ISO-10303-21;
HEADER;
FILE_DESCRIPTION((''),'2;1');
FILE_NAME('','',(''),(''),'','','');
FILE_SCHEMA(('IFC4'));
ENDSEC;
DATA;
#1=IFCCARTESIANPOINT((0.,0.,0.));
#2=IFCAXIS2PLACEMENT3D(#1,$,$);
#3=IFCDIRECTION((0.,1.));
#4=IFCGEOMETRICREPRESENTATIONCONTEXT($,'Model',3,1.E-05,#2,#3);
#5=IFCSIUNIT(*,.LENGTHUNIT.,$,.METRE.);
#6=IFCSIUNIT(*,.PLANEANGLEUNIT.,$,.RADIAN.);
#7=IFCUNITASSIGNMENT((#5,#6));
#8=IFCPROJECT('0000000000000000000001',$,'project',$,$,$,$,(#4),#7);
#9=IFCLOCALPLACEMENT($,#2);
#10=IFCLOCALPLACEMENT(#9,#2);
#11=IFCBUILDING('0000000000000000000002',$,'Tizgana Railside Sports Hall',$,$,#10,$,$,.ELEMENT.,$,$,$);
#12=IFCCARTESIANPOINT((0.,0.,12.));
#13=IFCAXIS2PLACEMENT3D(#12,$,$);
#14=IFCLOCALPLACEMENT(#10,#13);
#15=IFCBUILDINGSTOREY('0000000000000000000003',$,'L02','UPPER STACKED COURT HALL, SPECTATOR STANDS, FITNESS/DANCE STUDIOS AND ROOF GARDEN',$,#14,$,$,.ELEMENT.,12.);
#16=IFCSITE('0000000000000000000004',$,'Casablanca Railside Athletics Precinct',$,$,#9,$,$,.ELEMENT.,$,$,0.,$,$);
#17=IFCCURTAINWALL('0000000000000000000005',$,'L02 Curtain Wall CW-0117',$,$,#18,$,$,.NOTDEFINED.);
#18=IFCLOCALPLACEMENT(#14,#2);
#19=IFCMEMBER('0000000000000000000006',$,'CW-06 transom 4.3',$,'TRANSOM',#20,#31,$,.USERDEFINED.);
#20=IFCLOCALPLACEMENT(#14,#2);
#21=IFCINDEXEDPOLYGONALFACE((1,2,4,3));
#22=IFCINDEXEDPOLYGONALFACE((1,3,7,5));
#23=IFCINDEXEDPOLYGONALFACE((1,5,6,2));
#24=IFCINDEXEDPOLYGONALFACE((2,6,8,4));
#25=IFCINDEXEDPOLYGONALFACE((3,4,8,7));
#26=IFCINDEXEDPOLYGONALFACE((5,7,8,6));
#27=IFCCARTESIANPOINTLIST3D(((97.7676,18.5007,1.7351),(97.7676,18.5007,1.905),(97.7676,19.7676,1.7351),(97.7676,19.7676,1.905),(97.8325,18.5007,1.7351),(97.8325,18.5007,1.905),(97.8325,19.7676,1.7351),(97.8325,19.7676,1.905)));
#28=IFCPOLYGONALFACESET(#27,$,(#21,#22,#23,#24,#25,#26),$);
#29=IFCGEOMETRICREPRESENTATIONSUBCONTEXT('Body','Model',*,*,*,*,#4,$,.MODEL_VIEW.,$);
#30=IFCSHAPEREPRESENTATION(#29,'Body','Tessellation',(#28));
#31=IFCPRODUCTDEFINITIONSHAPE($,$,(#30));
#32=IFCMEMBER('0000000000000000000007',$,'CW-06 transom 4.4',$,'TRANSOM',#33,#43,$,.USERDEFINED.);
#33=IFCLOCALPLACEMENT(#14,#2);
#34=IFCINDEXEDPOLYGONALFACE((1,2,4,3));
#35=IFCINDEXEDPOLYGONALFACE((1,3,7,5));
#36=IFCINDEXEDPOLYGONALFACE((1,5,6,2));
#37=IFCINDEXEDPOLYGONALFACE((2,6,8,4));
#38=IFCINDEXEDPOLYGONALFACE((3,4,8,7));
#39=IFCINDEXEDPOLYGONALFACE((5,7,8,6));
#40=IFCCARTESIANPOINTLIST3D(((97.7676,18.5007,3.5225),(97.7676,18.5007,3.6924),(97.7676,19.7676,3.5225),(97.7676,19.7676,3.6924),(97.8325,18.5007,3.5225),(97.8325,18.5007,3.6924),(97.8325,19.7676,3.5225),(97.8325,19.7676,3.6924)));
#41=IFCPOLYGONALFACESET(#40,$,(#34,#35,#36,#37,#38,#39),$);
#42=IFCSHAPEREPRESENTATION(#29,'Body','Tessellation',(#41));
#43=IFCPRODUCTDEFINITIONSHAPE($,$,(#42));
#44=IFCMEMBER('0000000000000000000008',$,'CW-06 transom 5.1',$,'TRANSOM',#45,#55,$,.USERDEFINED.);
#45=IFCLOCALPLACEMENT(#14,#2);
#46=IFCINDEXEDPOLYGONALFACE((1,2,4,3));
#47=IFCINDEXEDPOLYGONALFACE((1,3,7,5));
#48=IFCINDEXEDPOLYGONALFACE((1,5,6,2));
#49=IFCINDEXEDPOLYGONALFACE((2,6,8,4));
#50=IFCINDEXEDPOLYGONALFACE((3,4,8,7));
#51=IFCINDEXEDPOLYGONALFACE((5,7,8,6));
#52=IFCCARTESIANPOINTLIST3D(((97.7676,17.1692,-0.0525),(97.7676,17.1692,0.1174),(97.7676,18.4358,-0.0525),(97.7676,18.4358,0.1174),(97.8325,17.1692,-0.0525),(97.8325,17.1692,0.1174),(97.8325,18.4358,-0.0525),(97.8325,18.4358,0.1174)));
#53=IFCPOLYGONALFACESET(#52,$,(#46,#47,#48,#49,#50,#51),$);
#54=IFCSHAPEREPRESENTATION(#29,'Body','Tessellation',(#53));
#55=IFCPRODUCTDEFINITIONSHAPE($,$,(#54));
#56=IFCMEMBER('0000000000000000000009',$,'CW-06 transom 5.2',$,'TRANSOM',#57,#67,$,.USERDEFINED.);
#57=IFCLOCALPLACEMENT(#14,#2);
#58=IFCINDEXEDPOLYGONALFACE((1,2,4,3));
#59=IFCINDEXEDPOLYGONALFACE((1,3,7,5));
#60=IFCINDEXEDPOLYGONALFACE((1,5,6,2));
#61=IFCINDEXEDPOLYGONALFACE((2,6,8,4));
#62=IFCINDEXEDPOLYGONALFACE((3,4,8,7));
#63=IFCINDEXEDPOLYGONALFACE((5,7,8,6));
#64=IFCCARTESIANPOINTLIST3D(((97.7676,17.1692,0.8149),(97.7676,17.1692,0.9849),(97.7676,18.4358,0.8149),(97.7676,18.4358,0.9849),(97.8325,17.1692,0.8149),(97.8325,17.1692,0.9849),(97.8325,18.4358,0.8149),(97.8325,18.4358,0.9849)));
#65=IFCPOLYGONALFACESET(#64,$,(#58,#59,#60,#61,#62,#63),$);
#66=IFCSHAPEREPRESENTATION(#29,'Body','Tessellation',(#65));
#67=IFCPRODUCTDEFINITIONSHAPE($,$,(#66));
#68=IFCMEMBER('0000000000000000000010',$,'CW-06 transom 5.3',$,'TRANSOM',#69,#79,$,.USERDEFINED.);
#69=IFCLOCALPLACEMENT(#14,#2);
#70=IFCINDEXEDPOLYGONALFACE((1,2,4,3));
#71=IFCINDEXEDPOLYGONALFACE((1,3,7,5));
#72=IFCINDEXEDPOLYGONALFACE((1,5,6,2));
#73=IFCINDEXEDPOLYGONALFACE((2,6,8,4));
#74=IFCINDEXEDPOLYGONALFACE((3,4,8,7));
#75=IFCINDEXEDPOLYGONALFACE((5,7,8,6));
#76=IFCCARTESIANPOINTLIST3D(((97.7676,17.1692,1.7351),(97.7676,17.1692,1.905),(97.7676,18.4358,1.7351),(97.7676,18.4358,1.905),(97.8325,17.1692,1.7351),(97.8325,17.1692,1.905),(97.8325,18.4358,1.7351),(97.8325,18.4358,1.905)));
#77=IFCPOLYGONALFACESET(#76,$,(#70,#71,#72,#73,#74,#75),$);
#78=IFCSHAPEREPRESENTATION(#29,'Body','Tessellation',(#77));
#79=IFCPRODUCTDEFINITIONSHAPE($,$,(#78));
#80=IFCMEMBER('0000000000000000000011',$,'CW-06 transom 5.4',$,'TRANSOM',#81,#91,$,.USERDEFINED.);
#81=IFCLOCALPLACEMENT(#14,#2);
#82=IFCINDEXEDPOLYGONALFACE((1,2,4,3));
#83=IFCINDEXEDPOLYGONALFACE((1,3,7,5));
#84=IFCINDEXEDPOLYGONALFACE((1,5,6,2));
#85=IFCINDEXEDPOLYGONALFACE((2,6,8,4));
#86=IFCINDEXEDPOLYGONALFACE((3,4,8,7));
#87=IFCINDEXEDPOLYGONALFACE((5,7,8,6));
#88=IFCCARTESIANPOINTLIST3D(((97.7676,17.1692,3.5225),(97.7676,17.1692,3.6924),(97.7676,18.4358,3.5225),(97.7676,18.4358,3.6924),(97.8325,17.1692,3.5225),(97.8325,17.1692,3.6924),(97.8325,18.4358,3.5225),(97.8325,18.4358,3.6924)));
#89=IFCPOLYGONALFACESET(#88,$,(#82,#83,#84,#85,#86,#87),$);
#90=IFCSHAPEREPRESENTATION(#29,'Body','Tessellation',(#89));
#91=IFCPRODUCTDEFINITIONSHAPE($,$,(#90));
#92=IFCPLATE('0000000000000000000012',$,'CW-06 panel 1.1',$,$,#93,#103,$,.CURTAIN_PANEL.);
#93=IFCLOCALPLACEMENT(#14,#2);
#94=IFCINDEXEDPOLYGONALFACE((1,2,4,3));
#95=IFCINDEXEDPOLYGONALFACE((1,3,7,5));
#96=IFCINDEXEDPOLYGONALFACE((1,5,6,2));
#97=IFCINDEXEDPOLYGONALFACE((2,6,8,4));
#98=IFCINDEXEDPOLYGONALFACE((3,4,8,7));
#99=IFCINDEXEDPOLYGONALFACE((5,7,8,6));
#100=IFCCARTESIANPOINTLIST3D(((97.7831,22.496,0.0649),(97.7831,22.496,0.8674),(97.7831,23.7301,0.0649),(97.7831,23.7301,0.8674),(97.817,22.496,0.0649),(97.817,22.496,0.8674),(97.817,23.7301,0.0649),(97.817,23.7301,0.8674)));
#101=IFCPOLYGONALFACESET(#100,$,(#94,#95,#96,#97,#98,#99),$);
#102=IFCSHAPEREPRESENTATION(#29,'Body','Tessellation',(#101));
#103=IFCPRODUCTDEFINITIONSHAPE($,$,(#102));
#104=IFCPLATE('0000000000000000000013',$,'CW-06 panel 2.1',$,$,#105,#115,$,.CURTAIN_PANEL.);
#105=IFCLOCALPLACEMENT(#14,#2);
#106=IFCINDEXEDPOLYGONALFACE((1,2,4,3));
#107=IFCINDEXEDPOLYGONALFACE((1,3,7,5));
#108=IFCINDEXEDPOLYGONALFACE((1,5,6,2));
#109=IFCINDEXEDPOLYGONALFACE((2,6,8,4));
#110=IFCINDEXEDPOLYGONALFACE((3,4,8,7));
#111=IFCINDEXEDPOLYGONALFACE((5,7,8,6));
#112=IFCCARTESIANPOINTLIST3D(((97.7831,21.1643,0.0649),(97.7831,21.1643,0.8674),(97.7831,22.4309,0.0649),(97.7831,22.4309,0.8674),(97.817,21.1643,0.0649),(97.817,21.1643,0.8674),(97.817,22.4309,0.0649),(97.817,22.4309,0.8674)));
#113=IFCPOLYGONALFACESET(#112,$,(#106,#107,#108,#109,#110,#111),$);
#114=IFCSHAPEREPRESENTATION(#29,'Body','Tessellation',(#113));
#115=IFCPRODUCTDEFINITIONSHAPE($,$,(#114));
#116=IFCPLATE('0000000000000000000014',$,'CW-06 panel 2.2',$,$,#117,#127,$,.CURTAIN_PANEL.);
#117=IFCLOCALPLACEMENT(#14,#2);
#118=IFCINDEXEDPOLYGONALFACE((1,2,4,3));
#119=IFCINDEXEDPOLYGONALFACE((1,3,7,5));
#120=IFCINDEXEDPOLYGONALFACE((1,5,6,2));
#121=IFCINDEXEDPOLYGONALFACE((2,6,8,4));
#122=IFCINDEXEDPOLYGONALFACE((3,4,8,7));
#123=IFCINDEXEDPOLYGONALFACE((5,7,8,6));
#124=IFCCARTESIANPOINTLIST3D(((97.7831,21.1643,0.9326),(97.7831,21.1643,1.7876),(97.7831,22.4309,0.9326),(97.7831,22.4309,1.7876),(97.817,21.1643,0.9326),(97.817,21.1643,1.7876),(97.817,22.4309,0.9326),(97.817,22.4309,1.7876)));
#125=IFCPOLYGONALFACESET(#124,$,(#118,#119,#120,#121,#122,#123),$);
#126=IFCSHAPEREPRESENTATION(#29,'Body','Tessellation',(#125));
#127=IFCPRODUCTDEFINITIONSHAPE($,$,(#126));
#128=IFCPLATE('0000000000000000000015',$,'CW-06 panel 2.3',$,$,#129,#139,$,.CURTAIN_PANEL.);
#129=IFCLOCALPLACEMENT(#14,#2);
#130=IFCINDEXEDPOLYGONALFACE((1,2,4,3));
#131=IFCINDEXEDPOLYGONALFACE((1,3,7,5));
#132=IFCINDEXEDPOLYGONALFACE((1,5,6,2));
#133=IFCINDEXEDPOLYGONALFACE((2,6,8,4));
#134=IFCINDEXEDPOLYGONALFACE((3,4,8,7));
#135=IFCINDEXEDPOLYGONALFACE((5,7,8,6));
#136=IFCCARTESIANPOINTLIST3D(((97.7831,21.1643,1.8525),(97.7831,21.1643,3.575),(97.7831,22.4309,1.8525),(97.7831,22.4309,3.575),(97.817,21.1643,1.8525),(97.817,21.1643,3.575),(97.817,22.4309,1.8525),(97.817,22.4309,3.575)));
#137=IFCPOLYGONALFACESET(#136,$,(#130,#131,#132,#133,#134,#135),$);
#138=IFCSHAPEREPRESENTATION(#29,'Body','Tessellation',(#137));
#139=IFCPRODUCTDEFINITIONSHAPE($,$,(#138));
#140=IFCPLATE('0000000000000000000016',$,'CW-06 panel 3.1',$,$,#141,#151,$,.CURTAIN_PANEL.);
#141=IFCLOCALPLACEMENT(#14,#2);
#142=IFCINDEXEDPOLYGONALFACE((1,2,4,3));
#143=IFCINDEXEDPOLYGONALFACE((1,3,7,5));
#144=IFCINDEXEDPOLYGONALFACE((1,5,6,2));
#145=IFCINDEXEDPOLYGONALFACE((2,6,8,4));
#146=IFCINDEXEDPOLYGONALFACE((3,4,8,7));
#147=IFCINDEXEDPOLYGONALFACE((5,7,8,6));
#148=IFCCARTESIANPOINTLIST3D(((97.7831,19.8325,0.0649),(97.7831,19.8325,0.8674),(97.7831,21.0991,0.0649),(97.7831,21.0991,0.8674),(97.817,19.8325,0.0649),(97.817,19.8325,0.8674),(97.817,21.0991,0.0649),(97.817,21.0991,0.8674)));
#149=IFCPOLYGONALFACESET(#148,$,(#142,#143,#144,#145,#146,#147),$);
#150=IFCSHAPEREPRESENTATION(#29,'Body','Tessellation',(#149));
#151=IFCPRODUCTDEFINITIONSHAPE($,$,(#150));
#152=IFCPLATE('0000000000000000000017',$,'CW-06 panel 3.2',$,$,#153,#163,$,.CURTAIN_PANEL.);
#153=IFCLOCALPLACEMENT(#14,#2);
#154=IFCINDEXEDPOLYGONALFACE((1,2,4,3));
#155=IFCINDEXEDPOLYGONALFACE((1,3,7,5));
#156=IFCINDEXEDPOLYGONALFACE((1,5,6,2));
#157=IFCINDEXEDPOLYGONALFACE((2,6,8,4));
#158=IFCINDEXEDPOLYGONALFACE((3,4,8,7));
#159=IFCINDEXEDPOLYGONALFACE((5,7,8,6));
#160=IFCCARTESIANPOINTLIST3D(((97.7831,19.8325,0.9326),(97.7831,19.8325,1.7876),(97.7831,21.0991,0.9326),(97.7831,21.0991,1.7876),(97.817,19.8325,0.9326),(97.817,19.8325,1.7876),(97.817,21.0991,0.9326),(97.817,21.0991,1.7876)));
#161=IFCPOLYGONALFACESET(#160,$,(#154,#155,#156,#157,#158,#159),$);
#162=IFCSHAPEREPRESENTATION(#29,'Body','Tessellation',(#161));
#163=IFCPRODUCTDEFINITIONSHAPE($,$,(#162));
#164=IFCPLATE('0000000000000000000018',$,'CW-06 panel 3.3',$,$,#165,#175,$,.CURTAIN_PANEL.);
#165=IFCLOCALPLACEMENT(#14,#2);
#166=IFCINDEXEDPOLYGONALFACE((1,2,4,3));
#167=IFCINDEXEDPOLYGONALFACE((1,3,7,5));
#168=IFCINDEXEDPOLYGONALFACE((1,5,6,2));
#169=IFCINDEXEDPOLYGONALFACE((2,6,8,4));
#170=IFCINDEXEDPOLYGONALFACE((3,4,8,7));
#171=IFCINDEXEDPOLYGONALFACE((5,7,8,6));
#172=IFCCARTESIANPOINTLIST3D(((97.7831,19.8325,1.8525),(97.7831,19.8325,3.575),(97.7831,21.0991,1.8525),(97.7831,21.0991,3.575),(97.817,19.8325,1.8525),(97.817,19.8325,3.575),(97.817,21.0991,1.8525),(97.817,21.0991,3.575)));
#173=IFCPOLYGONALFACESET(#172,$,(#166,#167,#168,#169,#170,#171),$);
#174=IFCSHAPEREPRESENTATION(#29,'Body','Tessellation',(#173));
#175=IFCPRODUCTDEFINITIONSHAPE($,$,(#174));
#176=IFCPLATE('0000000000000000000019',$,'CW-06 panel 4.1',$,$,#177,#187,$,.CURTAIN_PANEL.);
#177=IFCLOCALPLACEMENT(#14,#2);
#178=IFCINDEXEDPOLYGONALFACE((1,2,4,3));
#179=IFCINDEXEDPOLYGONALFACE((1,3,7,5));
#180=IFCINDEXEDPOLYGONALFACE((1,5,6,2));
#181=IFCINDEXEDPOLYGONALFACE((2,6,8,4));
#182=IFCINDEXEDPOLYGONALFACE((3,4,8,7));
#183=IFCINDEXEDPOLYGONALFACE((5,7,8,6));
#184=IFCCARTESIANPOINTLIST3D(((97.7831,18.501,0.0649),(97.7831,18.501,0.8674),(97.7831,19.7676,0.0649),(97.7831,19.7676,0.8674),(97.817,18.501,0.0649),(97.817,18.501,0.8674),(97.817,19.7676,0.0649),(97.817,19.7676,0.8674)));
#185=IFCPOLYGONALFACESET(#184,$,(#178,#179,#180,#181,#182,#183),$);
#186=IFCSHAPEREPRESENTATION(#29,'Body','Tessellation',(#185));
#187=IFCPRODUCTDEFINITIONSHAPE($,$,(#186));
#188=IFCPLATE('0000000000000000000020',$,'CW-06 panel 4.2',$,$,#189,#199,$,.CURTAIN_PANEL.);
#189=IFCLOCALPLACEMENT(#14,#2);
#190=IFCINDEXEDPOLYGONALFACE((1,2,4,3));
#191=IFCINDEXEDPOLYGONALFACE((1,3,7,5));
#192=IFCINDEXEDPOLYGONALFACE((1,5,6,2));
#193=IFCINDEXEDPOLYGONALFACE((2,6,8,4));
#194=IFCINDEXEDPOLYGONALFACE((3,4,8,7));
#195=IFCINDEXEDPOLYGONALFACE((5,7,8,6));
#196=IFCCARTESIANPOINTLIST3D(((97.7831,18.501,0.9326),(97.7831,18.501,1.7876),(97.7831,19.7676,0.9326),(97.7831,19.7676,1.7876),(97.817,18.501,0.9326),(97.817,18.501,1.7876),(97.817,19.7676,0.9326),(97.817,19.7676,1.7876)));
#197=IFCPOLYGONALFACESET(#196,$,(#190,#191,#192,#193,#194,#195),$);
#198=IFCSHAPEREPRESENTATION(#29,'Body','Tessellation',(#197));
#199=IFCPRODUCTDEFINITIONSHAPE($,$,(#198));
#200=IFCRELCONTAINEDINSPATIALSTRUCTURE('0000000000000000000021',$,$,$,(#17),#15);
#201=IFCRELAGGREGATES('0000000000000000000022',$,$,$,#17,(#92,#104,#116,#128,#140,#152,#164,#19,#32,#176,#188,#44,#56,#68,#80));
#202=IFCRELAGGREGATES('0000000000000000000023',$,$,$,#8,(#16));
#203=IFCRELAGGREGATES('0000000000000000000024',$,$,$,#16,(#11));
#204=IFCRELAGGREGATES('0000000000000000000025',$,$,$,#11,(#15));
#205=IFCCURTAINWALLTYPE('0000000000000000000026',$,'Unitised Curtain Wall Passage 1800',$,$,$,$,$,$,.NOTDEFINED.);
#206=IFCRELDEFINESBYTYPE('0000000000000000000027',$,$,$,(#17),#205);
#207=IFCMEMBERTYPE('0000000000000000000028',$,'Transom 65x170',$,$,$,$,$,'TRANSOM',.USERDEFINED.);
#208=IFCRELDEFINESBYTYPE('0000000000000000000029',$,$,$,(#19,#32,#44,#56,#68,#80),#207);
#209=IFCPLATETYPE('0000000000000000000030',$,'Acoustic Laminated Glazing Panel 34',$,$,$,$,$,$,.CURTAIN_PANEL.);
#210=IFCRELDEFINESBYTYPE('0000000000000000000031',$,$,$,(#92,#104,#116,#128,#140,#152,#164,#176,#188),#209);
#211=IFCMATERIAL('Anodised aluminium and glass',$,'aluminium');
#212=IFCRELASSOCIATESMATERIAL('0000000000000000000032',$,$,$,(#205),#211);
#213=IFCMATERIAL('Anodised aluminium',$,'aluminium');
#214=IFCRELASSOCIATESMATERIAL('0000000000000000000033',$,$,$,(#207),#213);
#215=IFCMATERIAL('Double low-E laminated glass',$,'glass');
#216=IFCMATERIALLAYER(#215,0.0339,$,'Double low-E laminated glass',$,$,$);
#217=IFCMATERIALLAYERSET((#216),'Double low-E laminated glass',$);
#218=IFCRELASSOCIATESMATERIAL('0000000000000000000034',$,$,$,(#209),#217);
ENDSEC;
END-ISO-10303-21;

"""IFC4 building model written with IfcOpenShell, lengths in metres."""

from ifc_helpers import new_model, si_unit, direction, frame, origin, origin_2d, place, context, subcontext, project, spatial, rectangle, extrude, material, layer, layer_set, material_profile, profile_set, type_object, element, aggregate, save


model = new_model("IFC4")

# Units and contexts
model_context = context("Model", 3, precision=1e-05, world=origin(), true_north=direction((0.0, 1.0)))
body_context = subcontext(model_context, "Body", "Model", "MODEL_VIEW")
ifc_project = project(units=[si_unit("LENGTHUNIT", "METRE"), si_unit("PLANEANGLEUNIT", "RADIAN")], contexts=[model_context])

# Site, building, storey
site_placement = place(None, origin())
site = spatial("IfcSite", under=ifc_project, at=site_placement, Name="Casablanca Railside Athletics Precinct", CompositionType="ELEMENT", RefElevation=0.0)
building_placement = place(site_placement, origin())
building = spatial("IfcBuilding", under=site, at=building_placement, Name="Tizgana Railside Sports Hall", CompositionType="ELEMENT")
storey_placement = place(building_placement, frame((0.0, 0.0, 12.0)))
storey = spatial("IfcBuildingStorey", under=building, at=storey_placement, Name="L02", Description="UPPER STACKED COURT HALL, SPECTATOR STANDS, FITNESS/DANCE STUDIOS AND ROOF GARDEN", CompositionType="ELEMENT", Elevation=12.0)

# Curtain wall, members, plates
ifc_material_1 = material(Name="Anodised aluminium and glass", Category="aluminium")
curtain_wall_type = type_object("IfcCurtainWallType", Name="Unitised Curtain Wall Passage 1800", PredefinedType="NOTDEFINED", material=ifc_material_1)
curtain_wall_placement = place(storey_placement, origin())
curtain_wall = element("IfcCurtainWall", 1, at=curtain_wall_placement, inside=storey, type_object=curtain_wall_type, Name="L02 Curtain Wall CW-0117", PredefinedType="NOTDEFINED")
ifc_material_2 = material(Name="Anodised aluminium", Category="aluminium")
ifc_material_profile_1 = material_profile(ifc_material_2, rectangle(XDim=0.0649, YDim=0.1699, at=origin_2d()), Name="Transom 65x170")
ifc_profile_set_1 = profile_set([ifc_material_profile_1], Name="Anodised aluminium")
member_type_1 = type_object("IfcMemberType", Name="Transom 65x170", ElementType="TRANSOM", PredefinedType="USERDEFINED", material=ifc_profile_set_1)
member_1_placement = place(storey_placement, frame((97.8, 19.7676, 1.8201), z_axis=(0.0, -1.0, 0.0), x_axis=(1.0, 0.0, 0.0)))
member_1 = element("IfcMember", 2, at=member_1_placement, type_object=member_type_1, Name="CW-06 transom 4.3", ObjectType="TRANSOM", PredefinedType="USERDEFINED", context=body_context, shape_type="SweptSolid", body=[
    extrude(rectangle(XDim=0.0649, YDim=0.1699, at=origin_2d()), origin(), (0.0, 0.0, 1.0), 1.2668),
])
member_2_placement = place(storey_placement, frame((97.8, 19.7676, 3.6074), z_axis=(0.0, -1.0, 0.0), x_axis=(1.0, 0.0, 0.0)))
member_2 = element("IfcMember", 3, at=member_2_placement, type_object=member_type_1, Name="CW-06 transom 4.4", ObjectType="TRANSOM", PredefinedType="USERDEFINED", context=body_context, shape_type="SweptSolid", body=[
    extrude(rectangle(XDim=0.0649, YDim=0.1699, at=origin_2d()), origin(), (0.0, 0.0, 1.0), 1.2668),
])
member_3_placement = place(storey_placement, frame((97.8, 18.4358, 0.0325), z_axis=(0.0, -1.0, 0.0), x_axis=(1.0, 0.0, 0.0)))
member_3 = element("IfcMember", 4, at=member_3_placement, type_object=member_type_1, Name="CW-06 transom 5.1", ObjectType="TRANSOM", PredefinedType="USERDEFINED", context=body_context, shape_type="SweptSolid", body=[
    extrude(rectangle(XDim=0.0649, YDim=0.1699, at=origin_2d()), origin(), (0.0, 0.0, 1.0), 1.2666),
])
member_4_placement = place(storey_placement, frame((97.8, 18.4358, 0.8999), z_axis=(0.0, -1.0, 0.0), x_axis=(1.0, 0.0, 0.0)))
member_4 = element("IfcMember", 5, at=member_4_placement, type_object=member_type_1, Name="CW-06 transom 5.2", ObjectType="TRANSOM", PredefinedType="USERDEFINED", context=body_context, shape_type="SweptSolid", body=[
    extrude(rectangle(XDim=0.0649, YDim=0.1699, at=origin_2d()), origin(), (0.0, 0.0, 1.0), 1.2666),
])
member_5_placement = place(storey_placement, frame((97.8, 18.4358, 1.8201), z_axis=(0.0, -1.0, 0.0), x_axis=(1.0, 0.0, 0.0)))
member_5 = element("IfcMember", 6, at=member_5_placement, type_object=member_type_1, Name="CW-06 transom 5.3", ObjectType="TRANSOM", PredefinedType="USERDEFINED", context=body_context, shape_type="SweptSolid", body=[
    extrude(rectangle(XDim=0.0649, YDim=0.1699, at=origin_2d()), origin(), (0.0, 0.0, 1.0), 1.2666),
])
member_6_placement = place(storey_placement, frame((97.8, 18.4358, 3.6074), z_axis=(0.0, -1.0, 0.0), x_axis=(1.0, 0.0, 0.0)))
member_6 = element("IfcMember", 7, at=member_6_placement, type_object=member_type_1, Name="CW-06 transom 5.4", ObjectType="TRANSOM", PredefinedType="USERDEFINED", context=body_context, shape_type="SweptSolid", body=[
    extrude(rectangle(XDim=0.0649, YDim=0.1699, at=origin_2d()), origin(), (0.0, 0.0, 1.0), 1.2666),
])
ifc_material_3 = material(Name="Double low-E laminated glass", Category="glass")
ifc_layer_1 = layer(ifc_material_3, 0.0339, Name="Double low-E laminated glass")
ifc_layer_set_1 = layer_set([ifc_layer_1], Name="Double low-E laminated glass")
plate_type = type_object("IfcPlateType", Name="Acoustic Laminated Glazing Panel 34", PredefinedType="CURTAIN_PANEL", material=ifc_layer_set_1)
plate_1_placement = place(storey_placement, frame((97.8, 23.113, 0.0649), z_axis=(0.0, 0.0, 1.0), x_axis=(0.0, -1.0, 0.0)))
plate_1 = element("IfcPlate", 8, at=plate_1_placement, type_object=plate_type, Name="CW-06 panel 1.1", PredefinedType="CURTAIN_PANEL", context=body_context, shape_type="SweptSolid", body=[
    extrude(rectangle(XDim=1.2341, YDim=0.0339, at=origin_2d()), origin(), (0.0, 0.0, 1.0), 0.8025),
])
plate_2_placement = place(storey_placement, frame((97.8, 21.7976, 0.0649), z_axis=(0.0, 0.0, 1.0), x_axis=(0.0, -1.0, 0.0)))
plate_2 = element("IfcPlate", 9, at=plate_2_placement, type_object=plate_type, Name="CW-06 panel 2.1", PredefinedType="CURTAIN_PANEL", context=body_context, shape_type="SweptSolid", body=[
    extrude(rectangle(XDim=1.2666, YDim=0.0339, at=origin_2d()), origin(), (0.0, 0.0, 1.0), 0.8025),
])
plate_3_placement = place(storey_placement, frame((97.8, 21.7976, 0.9326), z_axis=(0.0, 0.0, 1.0), x_axis=(0.0, -1.0, 0.0)))
plate_3 = element("IfcPlate", 10, at=plate_3_placement, type_object=plate_type, Name="CW-06 panel 2.2", PredefinedType="CURTAIN_PANEL", context=body_context, shape_type="SweptSolid", body=[
    extrude(rectangle(XDim=1.2666, YDim=0.0339, at=origin_2d()), origin(), (0.0, 0.0, 1.0), 0.855),
])
plate_4_placement = place(storey_placement, frame((97.8, 21.7976, 1.8525), z_axis=(0.0, 0.0, 1.0), x_axis=(0.0, -1.0, 0.0)))
plate_4 = element("IfcPlate", 11, at=plate_4_placement, type_object=plate_type, Name="CW-06 panel 2.3", PredefinedType="CURTAIN_PANEL", context=body_context, shape_type="SweptSolid", body=[
    extrude(rectangle(XDim=1.2666, YDim=0.0339, at=origin_2d()), origin(), (0.0, 0.0, 1.0), 1.7224),
])
plate_5_placement = place(storey_placement, frame((97.8, 20.4658, 0.0649), z_axis=(0.0, 0.0, 1.0), x_axis=(0.0, -1.0, 0.0)))
plate_5 = element("IfcPlate", 12, at=plate_5_placement, type_object=plate_type, Name="CW-06 panel 3.1", PredefinedType="CURTAIN_PANEL", context=body_context, shape_type="SweptSolid", body=[
    extrude(rectangle(XDim=1.2666, YDim=0.0339, at=origin_2d()), origin(), (0.0, 0.0, 1.0), 0.8025),
])
plate_6_placement = place(storey_placement, frame((97.8, 20.4658, 0.9326), z_axis=(0.0, 0.0, 1.0), x_axis=(0.0, -1.0, 0.0)))
plate_6 = element("IfcPlate", 13, at=plate_6_placement, type_object=plate_type, Name="CW-06 panel 3.2", PredefinedType="CURTAIN_PANEL", context=body_context, shape_type="SweptSolid", body=[
    extrude(rectangle(XDim=1.2666, YDim=0.0339, at=origin_2d()), origin(), (0.0, 0.0, 1.0), 0.855),
])
plate_7_placement = place(storey_placement, frame((97.8, 20.4658, 1.8525), z_axis=(0.0, 0.0, 1.0), x_axis=(0.0, -1.0, 0.0)))
plate_7 = element("IfcPlate", 14, at=plate_7_placement, type_object=plate_type, Name="CW-06 panel 3.3", PredefinedType="CURTAIN_PANEL", context=body_context, shape_type="SweptSolid", body=[
    extrude(rectangle(XDim=1.2666, YDim=0.0339, at=origin_2d()), origin(), (0.0, 0.0, 1.0), 1.7224),
])
plate_8_placement = place(storey_placement, frame((97.8, 19.1343, 0.0649), z_axis=(0.0, 0.0, 1.0), x_axis=(0.0, -1.0, 0.0)))
plate_8 = element("IfcPlate", 15, at=plate_8_placement, type_object=plate_type, Name="CW-06 panel 4.1", PredefinedType="CURTAIN_PANEL", context=body_context, shape_type="SweptSolid", body=[
    extrude(rectangle(XDim=1.2666, YDim=0.0339, at=origin_2d()), origin(), (0.0, 0.0, 1.0), 0.8025),
])
plate_9_placement = place(storey_placement, frame((97.8, 19.1343, 0.9326), z_axis=(0.0, 0.0, 1.0), x_axis=(0.0, -1.0, 0.0)))
plate_9 = element("IfcPlate", 16, at=plate_9_placement, type_object=plate_type, Name="CW-06 panel 4.2", PredefinedType="CURTAIN_PANEL", context=body_context, shape_type="SweptSolid", body=[
    extrude(rectangle(XDim=1.2666, YDim=0.0339, at=origin_2d()), origin(), (0.0, 0.0, 1.0), 0.855),
])
aggregate(curtain_wall, [plate_1, plate_2, plate_3, plate_4, plate_5, plate_6, plate_7, member_1, member_2, plate_8, plate_9, member_3, member_4, member_5, member_6])

save(model, "model.ifc")
